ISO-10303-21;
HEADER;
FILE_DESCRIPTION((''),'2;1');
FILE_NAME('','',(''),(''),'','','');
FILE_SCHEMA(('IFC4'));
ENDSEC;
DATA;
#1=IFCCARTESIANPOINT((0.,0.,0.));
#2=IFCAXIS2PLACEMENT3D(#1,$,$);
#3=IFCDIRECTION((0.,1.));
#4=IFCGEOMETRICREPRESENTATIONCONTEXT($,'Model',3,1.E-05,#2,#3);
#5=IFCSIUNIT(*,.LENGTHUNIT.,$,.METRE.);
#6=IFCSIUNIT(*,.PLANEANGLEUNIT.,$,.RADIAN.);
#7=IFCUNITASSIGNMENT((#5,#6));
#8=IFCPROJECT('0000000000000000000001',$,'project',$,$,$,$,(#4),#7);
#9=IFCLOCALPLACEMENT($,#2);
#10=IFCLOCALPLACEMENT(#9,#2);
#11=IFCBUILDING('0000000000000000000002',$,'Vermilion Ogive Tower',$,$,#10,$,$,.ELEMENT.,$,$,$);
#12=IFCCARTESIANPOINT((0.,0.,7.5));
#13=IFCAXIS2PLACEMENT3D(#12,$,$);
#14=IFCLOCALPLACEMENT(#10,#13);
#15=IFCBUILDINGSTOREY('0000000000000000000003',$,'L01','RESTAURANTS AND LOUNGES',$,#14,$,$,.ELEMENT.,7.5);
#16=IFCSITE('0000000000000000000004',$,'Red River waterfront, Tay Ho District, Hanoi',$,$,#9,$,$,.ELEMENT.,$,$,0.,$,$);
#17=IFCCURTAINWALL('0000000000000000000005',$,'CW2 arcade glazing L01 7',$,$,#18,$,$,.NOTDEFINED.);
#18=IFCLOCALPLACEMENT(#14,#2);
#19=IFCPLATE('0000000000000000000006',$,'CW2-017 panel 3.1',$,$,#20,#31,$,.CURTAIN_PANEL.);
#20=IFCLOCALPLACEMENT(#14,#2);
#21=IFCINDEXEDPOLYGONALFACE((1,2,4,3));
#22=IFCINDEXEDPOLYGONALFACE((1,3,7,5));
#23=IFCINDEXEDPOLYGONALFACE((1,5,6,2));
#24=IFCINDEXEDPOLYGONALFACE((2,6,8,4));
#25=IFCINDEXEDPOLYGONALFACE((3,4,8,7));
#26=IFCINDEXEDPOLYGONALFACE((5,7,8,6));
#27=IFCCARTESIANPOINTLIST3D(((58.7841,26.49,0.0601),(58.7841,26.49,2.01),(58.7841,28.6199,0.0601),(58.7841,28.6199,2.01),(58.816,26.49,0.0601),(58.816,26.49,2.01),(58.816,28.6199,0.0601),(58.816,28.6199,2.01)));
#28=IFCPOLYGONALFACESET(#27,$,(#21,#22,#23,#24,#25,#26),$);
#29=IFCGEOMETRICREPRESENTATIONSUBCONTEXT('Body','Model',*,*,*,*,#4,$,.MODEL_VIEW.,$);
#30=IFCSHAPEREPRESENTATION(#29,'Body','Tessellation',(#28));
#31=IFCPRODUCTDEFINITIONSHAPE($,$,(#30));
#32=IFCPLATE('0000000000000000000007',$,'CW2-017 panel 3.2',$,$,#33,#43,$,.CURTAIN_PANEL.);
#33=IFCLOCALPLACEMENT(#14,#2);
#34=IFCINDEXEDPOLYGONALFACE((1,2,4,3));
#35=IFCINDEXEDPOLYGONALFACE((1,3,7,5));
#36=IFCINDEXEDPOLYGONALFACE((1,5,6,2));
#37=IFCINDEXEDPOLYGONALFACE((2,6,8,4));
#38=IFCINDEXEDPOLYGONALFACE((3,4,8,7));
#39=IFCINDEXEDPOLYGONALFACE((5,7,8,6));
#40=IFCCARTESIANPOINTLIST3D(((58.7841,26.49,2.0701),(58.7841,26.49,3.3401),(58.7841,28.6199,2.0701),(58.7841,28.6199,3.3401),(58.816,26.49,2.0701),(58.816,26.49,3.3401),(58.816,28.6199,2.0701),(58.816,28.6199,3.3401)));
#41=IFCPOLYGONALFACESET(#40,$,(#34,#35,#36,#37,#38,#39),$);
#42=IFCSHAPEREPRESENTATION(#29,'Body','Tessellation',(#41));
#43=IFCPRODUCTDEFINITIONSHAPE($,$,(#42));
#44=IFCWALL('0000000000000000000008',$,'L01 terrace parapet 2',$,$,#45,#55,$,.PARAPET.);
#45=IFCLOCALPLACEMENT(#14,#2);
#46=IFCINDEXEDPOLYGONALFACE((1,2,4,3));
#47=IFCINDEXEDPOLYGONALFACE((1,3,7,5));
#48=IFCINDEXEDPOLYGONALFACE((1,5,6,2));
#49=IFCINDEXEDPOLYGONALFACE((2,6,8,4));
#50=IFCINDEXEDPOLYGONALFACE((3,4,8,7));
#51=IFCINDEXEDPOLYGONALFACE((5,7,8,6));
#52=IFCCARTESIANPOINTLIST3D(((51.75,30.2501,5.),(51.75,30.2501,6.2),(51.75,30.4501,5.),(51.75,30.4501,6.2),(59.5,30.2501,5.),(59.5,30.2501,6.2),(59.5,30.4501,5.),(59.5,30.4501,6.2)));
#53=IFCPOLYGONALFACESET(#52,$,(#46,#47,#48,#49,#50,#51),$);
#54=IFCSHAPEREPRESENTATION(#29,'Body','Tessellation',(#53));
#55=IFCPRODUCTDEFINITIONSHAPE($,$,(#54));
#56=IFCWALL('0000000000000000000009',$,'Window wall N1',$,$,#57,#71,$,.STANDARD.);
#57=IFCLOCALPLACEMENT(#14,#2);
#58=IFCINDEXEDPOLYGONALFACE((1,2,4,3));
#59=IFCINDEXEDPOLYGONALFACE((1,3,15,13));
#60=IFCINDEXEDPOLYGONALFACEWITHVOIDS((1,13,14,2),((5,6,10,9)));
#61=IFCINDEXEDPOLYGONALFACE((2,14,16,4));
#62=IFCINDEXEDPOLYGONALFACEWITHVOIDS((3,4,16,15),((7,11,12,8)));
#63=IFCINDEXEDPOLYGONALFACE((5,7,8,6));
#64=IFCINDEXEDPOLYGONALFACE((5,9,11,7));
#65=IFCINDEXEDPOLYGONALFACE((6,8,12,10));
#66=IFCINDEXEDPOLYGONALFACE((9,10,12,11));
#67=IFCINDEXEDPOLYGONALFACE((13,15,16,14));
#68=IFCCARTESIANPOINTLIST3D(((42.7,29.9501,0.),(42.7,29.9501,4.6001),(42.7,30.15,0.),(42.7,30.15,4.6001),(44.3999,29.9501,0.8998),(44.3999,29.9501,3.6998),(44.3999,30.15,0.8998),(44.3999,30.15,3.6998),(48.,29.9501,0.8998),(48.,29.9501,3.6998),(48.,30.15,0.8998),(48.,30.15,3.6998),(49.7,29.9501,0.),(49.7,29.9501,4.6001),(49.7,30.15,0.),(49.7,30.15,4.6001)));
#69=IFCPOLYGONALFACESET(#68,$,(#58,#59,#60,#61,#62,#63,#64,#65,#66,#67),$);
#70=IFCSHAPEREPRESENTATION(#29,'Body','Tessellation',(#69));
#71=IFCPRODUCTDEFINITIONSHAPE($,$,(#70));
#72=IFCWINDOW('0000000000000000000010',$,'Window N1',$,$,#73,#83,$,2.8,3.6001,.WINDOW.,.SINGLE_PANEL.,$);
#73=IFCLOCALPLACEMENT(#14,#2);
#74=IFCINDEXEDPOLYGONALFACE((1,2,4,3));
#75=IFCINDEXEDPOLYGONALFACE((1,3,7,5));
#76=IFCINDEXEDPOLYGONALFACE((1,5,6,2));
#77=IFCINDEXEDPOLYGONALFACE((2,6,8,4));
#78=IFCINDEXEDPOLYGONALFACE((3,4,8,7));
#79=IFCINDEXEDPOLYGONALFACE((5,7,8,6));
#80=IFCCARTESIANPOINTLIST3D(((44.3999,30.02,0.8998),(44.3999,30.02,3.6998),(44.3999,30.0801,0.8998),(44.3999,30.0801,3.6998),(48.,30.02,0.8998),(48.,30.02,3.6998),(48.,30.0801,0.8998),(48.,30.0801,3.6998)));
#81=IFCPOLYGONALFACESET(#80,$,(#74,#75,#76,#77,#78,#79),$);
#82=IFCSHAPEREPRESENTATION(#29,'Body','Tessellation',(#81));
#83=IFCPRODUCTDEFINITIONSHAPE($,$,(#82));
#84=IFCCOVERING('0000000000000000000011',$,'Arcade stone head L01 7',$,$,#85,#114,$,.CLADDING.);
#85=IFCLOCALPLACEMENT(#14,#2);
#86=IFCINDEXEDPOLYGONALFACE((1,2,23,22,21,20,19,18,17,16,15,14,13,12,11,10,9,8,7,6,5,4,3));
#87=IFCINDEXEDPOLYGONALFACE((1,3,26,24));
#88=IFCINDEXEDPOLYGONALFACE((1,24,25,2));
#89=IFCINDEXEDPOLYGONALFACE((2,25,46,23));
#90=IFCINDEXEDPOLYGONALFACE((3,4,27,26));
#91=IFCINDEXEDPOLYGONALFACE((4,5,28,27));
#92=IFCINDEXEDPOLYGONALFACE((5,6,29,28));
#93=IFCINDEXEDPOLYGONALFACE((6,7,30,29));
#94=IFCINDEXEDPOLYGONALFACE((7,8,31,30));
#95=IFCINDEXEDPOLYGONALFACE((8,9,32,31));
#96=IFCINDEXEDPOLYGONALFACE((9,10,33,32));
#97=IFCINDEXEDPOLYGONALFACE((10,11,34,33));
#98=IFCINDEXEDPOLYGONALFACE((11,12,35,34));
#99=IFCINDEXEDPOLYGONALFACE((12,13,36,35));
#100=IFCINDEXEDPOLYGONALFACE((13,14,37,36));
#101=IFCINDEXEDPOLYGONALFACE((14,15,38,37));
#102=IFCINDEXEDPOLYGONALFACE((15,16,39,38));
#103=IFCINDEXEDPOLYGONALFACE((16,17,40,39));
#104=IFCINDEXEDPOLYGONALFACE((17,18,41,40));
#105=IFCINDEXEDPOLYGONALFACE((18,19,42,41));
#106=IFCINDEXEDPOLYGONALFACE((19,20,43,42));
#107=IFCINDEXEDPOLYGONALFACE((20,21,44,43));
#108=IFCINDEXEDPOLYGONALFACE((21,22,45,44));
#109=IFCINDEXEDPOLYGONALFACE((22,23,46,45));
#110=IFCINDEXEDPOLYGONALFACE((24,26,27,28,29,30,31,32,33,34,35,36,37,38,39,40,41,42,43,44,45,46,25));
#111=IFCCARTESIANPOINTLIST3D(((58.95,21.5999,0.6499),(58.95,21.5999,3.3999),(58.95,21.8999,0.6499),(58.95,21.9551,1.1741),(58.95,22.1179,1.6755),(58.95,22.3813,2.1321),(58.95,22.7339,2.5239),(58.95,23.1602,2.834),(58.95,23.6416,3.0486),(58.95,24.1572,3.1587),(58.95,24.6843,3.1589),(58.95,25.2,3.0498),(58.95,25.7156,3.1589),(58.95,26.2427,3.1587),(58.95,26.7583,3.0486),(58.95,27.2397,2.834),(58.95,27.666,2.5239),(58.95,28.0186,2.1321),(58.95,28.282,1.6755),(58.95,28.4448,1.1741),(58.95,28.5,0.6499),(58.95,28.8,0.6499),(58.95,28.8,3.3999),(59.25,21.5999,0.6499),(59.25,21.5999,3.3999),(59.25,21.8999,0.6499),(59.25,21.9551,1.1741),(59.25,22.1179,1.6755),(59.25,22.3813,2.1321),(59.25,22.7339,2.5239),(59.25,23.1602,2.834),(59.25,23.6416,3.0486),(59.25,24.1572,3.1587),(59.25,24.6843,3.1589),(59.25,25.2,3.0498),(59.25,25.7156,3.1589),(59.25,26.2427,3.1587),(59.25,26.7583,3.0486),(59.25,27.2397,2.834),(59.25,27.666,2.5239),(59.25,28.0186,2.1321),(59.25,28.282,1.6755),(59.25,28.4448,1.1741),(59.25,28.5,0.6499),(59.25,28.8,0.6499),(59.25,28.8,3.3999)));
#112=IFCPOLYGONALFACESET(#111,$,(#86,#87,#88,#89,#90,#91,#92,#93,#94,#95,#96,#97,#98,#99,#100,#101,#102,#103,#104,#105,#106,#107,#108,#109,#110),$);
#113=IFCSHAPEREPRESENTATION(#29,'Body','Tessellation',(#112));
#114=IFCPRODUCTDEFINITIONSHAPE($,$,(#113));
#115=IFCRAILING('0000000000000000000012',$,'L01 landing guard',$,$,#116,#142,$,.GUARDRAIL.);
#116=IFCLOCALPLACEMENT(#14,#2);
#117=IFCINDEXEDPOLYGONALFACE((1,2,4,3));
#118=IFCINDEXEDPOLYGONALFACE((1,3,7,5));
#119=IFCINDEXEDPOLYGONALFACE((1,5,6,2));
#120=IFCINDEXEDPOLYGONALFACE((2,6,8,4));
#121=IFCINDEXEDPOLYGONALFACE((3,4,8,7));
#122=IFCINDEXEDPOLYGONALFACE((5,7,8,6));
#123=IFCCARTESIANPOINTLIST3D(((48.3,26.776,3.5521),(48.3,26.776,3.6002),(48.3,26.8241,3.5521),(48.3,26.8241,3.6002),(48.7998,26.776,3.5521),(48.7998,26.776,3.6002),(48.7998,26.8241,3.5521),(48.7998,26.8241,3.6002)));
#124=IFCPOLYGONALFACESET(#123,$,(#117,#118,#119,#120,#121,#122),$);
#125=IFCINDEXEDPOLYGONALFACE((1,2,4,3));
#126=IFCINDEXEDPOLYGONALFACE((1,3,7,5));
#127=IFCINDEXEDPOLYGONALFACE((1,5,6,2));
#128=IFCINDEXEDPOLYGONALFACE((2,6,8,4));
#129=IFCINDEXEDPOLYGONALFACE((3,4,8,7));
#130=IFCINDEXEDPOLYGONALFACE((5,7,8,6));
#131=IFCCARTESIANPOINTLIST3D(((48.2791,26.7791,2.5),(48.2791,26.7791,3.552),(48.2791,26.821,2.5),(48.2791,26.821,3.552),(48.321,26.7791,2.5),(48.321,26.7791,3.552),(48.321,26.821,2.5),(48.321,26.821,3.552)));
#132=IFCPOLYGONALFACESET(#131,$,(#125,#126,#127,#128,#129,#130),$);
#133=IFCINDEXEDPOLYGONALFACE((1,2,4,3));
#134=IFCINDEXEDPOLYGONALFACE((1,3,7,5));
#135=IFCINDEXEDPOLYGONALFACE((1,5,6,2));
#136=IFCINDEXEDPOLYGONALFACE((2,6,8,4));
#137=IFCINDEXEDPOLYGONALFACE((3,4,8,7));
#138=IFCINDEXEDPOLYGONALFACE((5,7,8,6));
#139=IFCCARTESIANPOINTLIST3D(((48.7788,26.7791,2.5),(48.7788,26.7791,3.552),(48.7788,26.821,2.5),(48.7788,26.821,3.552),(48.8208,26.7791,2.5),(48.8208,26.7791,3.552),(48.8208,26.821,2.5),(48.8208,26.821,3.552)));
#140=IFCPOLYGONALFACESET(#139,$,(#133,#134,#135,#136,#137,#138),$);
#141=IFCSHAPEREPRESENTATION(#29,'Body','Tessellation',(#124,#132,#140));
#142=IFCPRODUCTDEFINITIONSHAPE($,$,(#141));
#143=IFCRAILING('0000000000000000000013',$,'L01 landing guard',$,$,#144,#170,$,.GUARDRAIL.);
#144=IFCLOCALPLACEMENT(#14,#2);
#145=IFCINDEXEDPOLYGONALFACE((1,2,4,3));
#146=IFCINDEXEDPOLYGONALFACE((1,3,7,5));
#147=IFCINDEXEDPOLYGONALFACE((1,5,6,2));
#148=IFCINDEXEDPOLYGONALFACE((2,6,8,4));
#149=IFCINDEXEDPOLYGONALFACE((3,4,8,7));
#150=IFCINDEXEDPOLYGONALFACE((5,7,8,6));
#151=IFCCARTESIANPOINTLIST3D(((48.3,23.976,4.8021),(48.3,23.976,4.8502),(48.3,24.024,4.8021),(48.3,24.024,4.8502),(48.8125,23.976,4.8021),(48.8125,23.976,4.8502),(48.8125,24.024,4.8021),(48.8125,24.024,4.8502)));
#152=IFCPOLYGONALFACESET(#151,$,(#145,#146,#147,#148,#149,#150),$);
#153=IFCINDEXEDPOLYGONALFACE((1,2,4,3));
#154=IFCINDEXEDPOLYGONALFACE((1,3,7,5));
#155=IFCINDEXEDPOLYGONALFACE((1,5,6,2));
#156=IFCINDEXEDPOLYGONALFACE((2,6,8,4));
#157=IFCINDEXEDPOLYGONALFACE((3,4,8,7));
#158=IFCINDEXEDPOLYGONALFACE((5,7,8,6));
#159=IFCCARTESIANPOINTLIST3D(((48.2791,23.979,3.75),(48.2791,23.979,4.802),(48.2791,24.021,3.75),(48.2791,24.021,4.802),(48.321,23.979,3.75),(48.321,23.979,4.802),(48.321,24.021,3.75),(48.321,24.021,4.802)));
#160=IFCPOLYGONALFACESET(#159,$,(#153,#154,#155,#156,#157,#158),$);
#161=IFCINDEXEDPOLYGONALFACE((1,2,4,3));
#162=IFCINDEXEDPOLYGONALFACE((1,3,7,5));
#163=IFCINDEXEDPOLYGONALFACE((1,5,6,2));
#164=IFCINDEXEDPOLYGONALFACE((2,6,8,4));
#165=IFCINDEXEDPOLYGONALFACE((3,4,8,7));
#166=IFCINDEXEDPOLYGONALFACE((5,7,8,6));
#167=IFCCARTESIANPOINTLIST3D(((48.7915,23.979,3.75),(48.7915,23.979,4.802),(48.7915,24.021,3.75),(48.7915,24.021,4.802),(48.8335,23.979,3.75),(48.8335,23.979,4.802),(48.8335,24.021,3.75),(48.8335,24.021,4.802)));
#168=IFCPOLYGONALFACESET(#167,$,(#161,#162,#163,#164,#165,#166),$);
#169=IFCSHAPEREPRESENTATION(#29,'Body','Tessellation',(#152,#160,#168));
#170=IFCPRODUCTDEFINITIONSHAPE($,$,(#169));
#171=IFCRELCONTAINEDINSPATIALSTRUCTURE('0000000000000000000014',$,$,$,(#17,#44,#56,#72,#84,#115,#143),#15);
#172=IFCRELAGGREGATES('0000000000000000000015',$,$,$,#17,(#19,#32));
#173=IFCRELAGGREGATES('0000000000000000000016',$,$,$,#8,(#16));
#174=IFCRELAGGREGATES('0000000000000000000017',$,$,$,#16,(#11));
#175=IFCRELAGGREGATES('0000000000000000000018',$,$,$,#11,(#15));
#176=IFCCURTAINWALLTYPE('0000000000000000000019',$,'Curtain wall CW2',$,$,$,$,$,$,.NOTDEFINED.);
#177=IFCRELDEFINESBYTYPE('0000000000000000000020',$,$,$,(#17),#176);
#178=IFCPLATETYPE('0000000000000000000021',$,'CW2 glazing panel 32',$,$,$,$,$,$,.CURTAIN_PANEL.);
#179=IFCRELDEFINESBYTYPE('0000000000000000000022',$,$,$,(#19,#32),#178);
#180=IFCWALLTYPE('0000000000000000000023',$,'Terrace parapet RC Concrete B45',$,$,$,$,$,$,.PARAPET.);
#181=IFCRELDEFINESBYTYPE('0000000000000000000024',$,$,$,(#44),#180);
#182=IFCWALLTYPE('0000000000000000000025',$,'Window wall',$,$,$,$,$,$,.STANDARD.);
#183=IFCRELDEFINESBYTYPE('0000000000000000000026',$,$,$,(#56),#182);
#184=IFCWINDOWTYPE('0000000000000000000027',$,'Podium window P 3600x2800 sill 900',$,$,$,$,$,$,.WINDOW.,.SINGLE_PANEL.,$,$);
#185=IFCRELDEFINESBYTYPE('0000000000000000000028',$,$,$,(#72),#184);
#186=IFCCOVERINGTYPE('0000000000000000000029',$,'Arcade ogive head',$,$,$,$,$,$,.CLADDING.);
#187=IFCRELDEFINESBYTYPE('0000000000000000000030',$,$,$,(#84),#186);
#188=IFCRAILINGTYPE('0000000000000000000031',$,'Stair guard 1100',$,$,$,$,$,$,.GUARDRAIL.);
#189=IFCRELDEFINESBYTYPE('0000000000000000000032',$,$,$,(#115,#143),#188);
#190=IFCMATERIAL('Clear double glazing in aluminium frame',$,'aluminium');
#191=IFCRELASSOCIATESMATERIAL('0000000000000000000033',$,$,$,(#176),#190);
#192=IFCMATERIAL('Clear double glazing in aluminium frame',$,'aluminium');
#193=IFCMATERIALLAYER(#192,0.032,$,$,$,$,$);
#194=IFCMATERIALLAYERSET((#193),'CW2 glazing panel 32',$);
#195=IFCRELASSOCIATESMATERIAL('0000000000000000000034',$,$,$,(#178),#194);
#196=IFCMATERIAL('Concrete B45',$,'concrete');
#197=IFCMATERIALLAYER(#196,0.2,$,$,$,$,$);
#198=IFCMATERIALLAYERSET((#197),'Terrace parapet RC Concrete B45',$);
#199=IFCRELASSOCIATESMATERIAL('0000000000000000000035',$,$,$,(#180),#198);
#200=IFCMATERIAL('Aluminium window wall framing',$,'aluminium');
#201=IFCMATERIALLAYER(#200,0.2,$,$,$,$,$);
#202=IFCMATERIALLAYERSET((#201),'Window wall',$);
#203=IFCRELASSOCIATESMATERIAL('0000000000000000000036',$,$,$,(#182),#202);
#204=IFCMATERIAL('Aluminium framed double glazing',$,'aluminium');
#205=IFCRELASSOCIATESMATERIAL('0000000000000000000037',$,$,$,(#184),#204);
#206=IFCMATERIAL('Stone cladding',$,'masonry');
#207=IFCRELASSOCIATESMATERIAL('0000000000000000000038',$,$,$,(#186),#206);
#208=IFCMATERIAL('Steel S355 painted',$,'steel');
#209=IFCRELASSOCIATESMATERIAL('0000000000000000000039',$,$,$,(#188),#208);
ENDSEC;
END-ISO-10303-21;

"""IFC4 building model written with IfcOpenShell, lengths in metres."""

from ifc_helpers import new_model, si_unit, direction, frame, frame_2d, origin, origin_2d, place, context, subcontext, project, spatial, polyline, rectangle, outline, extrude, material, layer, layer_set, type_object, element, fill, aggregate, save


model = new_model("IFC4")

# Units and contexts
model_context = context("Model", 3, precision=1e-05, world=origin(), true_north=direction((0.0, 1.0)))
body_context = subcontext(model_context, "Body", "Model", "MODEL_VIEW")
ifc_project = project(units=[si_unit("LENGTHUNIT", "METRE"), si_unit("PLANEANGLEUNIT", "RADIAN")], contexts=[model_context])

# Site, building, storey
site_placement = place(None, origin())
site = spatial("IfcSite", under=ifc_project, at=site_placement, Name="Red River waterfront, Tay Ho District, Hanoi", CompositionType="ELEMENT", RefElevation=0.0)
building_placement = place(site_placement, origin())
building = spatial("IfcBuilding", under=site, at=building_placement, Name="Vermilion Ogive Tower", CompositionType="ELEMENT")
storey_placement = place(building_placement, frame((0.0, 0.0, 7.5)))
storey = spatial("IfcBuildingStorey", under=building, at=storey_placement, Name="L01", Description="RESTAURANTS AND LOUNGES", CompositionType="ELEMENT", Elevation=7.5)

# Curtain wall
ifc_material_1 = material(Name="Clear double glazing in aluminium frame", Category="aluminium")
curtain_wall_type = type_object("IfcCurtainWallType", Name="Curtain wall CW2", PredefinedType="NOTDEFINED", material=ifc_material_1)
curtain_wall_placement = place(storey_placement, origin())
curtain_wall = element("IfcCurtainWall", 1, at=curtain_wall_placement, inside=storey, type_object=curtain_wall_type, Name="CW2 arcade glazing L01 7", PredefinedType="NOTDEFINED")

# Plates
ifc_material_2 = material(Name="Clear double glazing in aluminium frame", Category="aluminium")
ifc_layer_1 = layer(ifc_material_2, 0.032)
ifc_layer_set_1 = layer_set([ifc_layer_1], Name="CW2 glazing panel 32")
plate_type = type_object("IfcPlateType", Name="CW2 glazing panel 32", PredefinedType="CURTAIN_PANEL", material=ifc_layer_set_1)
plate_1_placement = place(storey_placement, frame((58.8, 27.5549, 0.0601), z_axis=(0.0, 0.0, 1.0), x_axis=(0.0, 1.0, 0.0)))
plate_1 = element("IfcPlate", 2, at=plate_1_placement, type_object=plate_type, Name="CW2-017 panel 3.1", PredefinedType="CURTAIN_PANEL", context=body_context, shape_type="SweptSolid", body=[
    extrude(rectangle(XDim=2.1299, YDim=0.032, at=origin_2d()), origin(), (0.0, 0.0, 1.0), 1.95),
])
plate_2_placement = place(storey_placement, frame((58.8, 27.5549, 2.0701), z_axis=(0.0, 0.0, 1.0), x_axis=(0.0, 1.0, 0.0)))
plate_2 = element("IfcPlate", 3, at=plate_2_placement, type_object=plate_type, Name="CW2-017 panel 3.2", PredefinedType="CURTAIN_PANEL", context=body_context, shape_type="SweptSolid", body=[
    extrude(rectangle(XDim=2.1299, YDim=0.032, at=origin_2d()), origin(), (0.0, 0.0, 1.0), 1.27),
])
aggregate(curtain_wall, [plate_1, plate_2])

# Wall
ifc_material_3 = material(Name="Concrete B45", Category="concrete")
ifc_layer_2 = layer(ifc_material_3, 0.2)
ifc_layer_set_2 = layer_set([ifc_layer_2], Name="Terrace parapet RC Concrete B45")
wall_type_1 = type_object("IfcWallType", Name="Terrace parapet RC Concrete B45", PredefinedType="PARAPET", material=ifc_layer_set_2)
wall_1_placement = place(storey_placement, frame((51.75, 30.3501, 5.0), z_axis=(0.0, 0.0, 1.0), x_axis=(1.0, 0.0, 0.0)))
element("IfcWall", 4, at=wall_1_placement, inside=storey, type_object=wall_type_1, Name="L01 terrace parapet 2", PredefinedType="PARAPET", context=body_context, shape_type="SweptSolid", body=[
    extrude(rectangle(XDim=7.75, YDim=0.2, at=frame_2d((3.875, 0.0))), origin(), (0.0, 0.0, 1.0), 1.2),
])

# Wall, opening, window
ifc_material_4 = material(Name="Aluminium window wall framing", Category="aluminium")
ifc_layer_3 = layer(ifc_material_4, 0.2)
ifc_layer_set_3 = layer_set([ifc_layer_3], Name="Window wall")
wall_type_2 = type_object("IfcWallType", Name="Window wall", PredefinedType="STANDARD", material=ifc_layer_set_3)
wall_2_placement = place(storey_placement, frame((49.7, 30.05, 0.0), z_axis=(0.0, 0.0, 1.0), x_axis=(-1.0, 0.0, 0.0)))
wall_2 = element("IfcWall", 5, at=wall_2_placement, inside=storey, type_object=wall_type_2, Name="Window wall N1", PredefinedType="STANDARD", context=body_context, shape_type="SweptSolid", body=[
    extrude(rectangle(XDim=7.0, YDim=0.2, at=frame_2d((3.5, 0.0))), origin(), (0.0, 0.0, 1.0), 4.6001),
])
opening_placement = place(wall_2_placement, frame((1.7, 0.0, 0.8999)))
opening = element("IfcOpeningElement", 6, at=opening_placement, cuts=wall_2, PredefinedType="OPENING", context=body_context, shape_type="SweptSolid", body=[
    extrude(rectangle(XDim=3.6001, YDim=2.8, at=frame_2d((1.8, 1.3999))), frame((0.0, 0.1099, 0.0), z_axis=(0.0, -1.0, 0.0), x_axis=(1.0, 0.0, 0.0)), (0.0, 0.0, 1.0), 0.22),
])
ifc_material_5 = material(Name="Aluminium framed double glazing", Category="aluminium")
window_type = type_object("IfcWindowType", Name="Podium window P 3600x2800 sill 900", PartitioningType="SINGLE_PANEL", PredefinedType="WINDOW", material=ifc_material_5)
window_placement = place(opening_placement, origin())
window = element("IfcWindow", 7, at=window_placement, inside=storey, type_object=window_type, Name="Window N1", OverallHeight=2.8, OverallWidth=3.6001, PartitioningType="SINGLE_PANEL", PredefinedType="WINDOW", context=body_context, shape_type="SweptSolid", body=[
    extrude(rectangle(XDim=3.6001, YDim=2.8, at=frame_2d((1.8, 1.3999))), frame((0.0, 0.03, 0.0), z_axis=(0.0, -1.0, 0.0), x_axis=(1.0, 0.0, 0.0)), (0.0, 0.0, 1.0), 0.0601),
])
fill(opening, window)

# Covering
ifc_material_6 = material(Name="Stone cladding", Category="masonry")
covering_type = type_object("IfcCoveringType", Name="Arcade ogive head", PredefinedType="CLADDING", material=ifc_material_6)
covering_placement = place(storey_placement, frame((58.95, 25.2, 3.3999), z_axis=(1.0, 0.0, 0.0), x_axis=(0.0, 1.0, 0.0)))
element("IfcCovering", 8, at=covering_placement, inside=storey, type_object=covering_type, Name="Arcade stone head L01 7", PredefinedType="CLADDING", context=body_context, shape_type="SweptSolid", body=[
    extrude(outline(polyline([(-3.3, -2.75), (-3.2449, -2.2258), (-3.082, -1.7244), (-2.8186, -1.2678), (-2.4661, -0.876), (-2.0398, -0.5659), (-1.5583, -0.3513), (-1.0427, -0.2412), (-0.5156, -0.241), (0.0, -0.3501), (0.5156, -0.241), (1.0427, -0.2412), (1.5583, -0.3513), (2.0398, -0.5659), (2.4661, -0.876), (2.8186, -1.2678), (3.082, -1.7244), (3.2449, -2.2258), (3.3, -2.75), (3.6001, -2.75), (3.6001, 0.0), (-3.6001, 0.0), (-3.6001, -2.75), (-3.3, -2.75)])), origin(), (0.0, 0.0, 1.0), 0.3),
])

# Railings
ifc_material_7 = material(Name="Steel S355 painted", Category="steel")
railing_type_1 = type_object("IfcRailingType", Name="Stair guard 1100", PredefinedType="GUARDRAIL", material=ifc_material_7)
railing_1_placement = place(storey_placement, frame((48.3, 26.8, 2.5)))
element("IfcRailing", 9, at=railing_1_placement, inside=storey, type_object=railing_type_1, Name="L01 landing guard", PredefinedType="GUARDRAIL", context=body_context, shape_type="SweptSolid", body=[
    extrude(rectangle(XDim=0.0481, YDim=0.0481, at=origin_2d()), frame((0.0, 0.0, 1.0762), z_axis=(1.0, 0.0, 0.0), x_axis=(0.0, 1.0, 0.0)), (0.0, 0.0, 1.0), 0.4998),
    extrude(rectangle(XDim=0.042, YDim=0.042, at=origin_2d()), origin(), (0.0, 0.0, 1.0), 1.052),
    extrude(rectangle(XDim=0.042, YDim=0.042, at=origin_2d()), frame((0.4998, 0.0, 0.0)), (0.0, 0.0, 1.0), 1.052),
])
railing_2_placement = place(storey_placement, frame((48.3, 24.0, 3.75)))
element("IfcRailing", 10, at=railing_2_placement, inside=storey, type_object=railing_type_1, Name="L01 landing guard", PredefinedType="GUARDRAIL", context=body_context, shape_type="SweptSolid", body=[
    extrude(rectangle(XDim=0.0481, YDim=0.0481, at=origin_2d()), frame((0.0, 0.0, 1.0762), z_axis=(1.0, 0.0, 0.0), x_axis=(0.0, 1.0, 0.0)), (0.0, 0.0, 1.0), 0.5125),
    extrude(rectangle(XDim=0.042, YDim=0.042, at=origin_2d()), origin(), (0.0, 0.0, 1.0), 1.052),
    extrude(rectangle(XDim=0.042, YDim=0.042, at=origin_2d()), frame((0.5125, 0.0, 0.0)), (0.0, 0.0, 1.0), 1.052),
])

save(model, "model.ifc")
